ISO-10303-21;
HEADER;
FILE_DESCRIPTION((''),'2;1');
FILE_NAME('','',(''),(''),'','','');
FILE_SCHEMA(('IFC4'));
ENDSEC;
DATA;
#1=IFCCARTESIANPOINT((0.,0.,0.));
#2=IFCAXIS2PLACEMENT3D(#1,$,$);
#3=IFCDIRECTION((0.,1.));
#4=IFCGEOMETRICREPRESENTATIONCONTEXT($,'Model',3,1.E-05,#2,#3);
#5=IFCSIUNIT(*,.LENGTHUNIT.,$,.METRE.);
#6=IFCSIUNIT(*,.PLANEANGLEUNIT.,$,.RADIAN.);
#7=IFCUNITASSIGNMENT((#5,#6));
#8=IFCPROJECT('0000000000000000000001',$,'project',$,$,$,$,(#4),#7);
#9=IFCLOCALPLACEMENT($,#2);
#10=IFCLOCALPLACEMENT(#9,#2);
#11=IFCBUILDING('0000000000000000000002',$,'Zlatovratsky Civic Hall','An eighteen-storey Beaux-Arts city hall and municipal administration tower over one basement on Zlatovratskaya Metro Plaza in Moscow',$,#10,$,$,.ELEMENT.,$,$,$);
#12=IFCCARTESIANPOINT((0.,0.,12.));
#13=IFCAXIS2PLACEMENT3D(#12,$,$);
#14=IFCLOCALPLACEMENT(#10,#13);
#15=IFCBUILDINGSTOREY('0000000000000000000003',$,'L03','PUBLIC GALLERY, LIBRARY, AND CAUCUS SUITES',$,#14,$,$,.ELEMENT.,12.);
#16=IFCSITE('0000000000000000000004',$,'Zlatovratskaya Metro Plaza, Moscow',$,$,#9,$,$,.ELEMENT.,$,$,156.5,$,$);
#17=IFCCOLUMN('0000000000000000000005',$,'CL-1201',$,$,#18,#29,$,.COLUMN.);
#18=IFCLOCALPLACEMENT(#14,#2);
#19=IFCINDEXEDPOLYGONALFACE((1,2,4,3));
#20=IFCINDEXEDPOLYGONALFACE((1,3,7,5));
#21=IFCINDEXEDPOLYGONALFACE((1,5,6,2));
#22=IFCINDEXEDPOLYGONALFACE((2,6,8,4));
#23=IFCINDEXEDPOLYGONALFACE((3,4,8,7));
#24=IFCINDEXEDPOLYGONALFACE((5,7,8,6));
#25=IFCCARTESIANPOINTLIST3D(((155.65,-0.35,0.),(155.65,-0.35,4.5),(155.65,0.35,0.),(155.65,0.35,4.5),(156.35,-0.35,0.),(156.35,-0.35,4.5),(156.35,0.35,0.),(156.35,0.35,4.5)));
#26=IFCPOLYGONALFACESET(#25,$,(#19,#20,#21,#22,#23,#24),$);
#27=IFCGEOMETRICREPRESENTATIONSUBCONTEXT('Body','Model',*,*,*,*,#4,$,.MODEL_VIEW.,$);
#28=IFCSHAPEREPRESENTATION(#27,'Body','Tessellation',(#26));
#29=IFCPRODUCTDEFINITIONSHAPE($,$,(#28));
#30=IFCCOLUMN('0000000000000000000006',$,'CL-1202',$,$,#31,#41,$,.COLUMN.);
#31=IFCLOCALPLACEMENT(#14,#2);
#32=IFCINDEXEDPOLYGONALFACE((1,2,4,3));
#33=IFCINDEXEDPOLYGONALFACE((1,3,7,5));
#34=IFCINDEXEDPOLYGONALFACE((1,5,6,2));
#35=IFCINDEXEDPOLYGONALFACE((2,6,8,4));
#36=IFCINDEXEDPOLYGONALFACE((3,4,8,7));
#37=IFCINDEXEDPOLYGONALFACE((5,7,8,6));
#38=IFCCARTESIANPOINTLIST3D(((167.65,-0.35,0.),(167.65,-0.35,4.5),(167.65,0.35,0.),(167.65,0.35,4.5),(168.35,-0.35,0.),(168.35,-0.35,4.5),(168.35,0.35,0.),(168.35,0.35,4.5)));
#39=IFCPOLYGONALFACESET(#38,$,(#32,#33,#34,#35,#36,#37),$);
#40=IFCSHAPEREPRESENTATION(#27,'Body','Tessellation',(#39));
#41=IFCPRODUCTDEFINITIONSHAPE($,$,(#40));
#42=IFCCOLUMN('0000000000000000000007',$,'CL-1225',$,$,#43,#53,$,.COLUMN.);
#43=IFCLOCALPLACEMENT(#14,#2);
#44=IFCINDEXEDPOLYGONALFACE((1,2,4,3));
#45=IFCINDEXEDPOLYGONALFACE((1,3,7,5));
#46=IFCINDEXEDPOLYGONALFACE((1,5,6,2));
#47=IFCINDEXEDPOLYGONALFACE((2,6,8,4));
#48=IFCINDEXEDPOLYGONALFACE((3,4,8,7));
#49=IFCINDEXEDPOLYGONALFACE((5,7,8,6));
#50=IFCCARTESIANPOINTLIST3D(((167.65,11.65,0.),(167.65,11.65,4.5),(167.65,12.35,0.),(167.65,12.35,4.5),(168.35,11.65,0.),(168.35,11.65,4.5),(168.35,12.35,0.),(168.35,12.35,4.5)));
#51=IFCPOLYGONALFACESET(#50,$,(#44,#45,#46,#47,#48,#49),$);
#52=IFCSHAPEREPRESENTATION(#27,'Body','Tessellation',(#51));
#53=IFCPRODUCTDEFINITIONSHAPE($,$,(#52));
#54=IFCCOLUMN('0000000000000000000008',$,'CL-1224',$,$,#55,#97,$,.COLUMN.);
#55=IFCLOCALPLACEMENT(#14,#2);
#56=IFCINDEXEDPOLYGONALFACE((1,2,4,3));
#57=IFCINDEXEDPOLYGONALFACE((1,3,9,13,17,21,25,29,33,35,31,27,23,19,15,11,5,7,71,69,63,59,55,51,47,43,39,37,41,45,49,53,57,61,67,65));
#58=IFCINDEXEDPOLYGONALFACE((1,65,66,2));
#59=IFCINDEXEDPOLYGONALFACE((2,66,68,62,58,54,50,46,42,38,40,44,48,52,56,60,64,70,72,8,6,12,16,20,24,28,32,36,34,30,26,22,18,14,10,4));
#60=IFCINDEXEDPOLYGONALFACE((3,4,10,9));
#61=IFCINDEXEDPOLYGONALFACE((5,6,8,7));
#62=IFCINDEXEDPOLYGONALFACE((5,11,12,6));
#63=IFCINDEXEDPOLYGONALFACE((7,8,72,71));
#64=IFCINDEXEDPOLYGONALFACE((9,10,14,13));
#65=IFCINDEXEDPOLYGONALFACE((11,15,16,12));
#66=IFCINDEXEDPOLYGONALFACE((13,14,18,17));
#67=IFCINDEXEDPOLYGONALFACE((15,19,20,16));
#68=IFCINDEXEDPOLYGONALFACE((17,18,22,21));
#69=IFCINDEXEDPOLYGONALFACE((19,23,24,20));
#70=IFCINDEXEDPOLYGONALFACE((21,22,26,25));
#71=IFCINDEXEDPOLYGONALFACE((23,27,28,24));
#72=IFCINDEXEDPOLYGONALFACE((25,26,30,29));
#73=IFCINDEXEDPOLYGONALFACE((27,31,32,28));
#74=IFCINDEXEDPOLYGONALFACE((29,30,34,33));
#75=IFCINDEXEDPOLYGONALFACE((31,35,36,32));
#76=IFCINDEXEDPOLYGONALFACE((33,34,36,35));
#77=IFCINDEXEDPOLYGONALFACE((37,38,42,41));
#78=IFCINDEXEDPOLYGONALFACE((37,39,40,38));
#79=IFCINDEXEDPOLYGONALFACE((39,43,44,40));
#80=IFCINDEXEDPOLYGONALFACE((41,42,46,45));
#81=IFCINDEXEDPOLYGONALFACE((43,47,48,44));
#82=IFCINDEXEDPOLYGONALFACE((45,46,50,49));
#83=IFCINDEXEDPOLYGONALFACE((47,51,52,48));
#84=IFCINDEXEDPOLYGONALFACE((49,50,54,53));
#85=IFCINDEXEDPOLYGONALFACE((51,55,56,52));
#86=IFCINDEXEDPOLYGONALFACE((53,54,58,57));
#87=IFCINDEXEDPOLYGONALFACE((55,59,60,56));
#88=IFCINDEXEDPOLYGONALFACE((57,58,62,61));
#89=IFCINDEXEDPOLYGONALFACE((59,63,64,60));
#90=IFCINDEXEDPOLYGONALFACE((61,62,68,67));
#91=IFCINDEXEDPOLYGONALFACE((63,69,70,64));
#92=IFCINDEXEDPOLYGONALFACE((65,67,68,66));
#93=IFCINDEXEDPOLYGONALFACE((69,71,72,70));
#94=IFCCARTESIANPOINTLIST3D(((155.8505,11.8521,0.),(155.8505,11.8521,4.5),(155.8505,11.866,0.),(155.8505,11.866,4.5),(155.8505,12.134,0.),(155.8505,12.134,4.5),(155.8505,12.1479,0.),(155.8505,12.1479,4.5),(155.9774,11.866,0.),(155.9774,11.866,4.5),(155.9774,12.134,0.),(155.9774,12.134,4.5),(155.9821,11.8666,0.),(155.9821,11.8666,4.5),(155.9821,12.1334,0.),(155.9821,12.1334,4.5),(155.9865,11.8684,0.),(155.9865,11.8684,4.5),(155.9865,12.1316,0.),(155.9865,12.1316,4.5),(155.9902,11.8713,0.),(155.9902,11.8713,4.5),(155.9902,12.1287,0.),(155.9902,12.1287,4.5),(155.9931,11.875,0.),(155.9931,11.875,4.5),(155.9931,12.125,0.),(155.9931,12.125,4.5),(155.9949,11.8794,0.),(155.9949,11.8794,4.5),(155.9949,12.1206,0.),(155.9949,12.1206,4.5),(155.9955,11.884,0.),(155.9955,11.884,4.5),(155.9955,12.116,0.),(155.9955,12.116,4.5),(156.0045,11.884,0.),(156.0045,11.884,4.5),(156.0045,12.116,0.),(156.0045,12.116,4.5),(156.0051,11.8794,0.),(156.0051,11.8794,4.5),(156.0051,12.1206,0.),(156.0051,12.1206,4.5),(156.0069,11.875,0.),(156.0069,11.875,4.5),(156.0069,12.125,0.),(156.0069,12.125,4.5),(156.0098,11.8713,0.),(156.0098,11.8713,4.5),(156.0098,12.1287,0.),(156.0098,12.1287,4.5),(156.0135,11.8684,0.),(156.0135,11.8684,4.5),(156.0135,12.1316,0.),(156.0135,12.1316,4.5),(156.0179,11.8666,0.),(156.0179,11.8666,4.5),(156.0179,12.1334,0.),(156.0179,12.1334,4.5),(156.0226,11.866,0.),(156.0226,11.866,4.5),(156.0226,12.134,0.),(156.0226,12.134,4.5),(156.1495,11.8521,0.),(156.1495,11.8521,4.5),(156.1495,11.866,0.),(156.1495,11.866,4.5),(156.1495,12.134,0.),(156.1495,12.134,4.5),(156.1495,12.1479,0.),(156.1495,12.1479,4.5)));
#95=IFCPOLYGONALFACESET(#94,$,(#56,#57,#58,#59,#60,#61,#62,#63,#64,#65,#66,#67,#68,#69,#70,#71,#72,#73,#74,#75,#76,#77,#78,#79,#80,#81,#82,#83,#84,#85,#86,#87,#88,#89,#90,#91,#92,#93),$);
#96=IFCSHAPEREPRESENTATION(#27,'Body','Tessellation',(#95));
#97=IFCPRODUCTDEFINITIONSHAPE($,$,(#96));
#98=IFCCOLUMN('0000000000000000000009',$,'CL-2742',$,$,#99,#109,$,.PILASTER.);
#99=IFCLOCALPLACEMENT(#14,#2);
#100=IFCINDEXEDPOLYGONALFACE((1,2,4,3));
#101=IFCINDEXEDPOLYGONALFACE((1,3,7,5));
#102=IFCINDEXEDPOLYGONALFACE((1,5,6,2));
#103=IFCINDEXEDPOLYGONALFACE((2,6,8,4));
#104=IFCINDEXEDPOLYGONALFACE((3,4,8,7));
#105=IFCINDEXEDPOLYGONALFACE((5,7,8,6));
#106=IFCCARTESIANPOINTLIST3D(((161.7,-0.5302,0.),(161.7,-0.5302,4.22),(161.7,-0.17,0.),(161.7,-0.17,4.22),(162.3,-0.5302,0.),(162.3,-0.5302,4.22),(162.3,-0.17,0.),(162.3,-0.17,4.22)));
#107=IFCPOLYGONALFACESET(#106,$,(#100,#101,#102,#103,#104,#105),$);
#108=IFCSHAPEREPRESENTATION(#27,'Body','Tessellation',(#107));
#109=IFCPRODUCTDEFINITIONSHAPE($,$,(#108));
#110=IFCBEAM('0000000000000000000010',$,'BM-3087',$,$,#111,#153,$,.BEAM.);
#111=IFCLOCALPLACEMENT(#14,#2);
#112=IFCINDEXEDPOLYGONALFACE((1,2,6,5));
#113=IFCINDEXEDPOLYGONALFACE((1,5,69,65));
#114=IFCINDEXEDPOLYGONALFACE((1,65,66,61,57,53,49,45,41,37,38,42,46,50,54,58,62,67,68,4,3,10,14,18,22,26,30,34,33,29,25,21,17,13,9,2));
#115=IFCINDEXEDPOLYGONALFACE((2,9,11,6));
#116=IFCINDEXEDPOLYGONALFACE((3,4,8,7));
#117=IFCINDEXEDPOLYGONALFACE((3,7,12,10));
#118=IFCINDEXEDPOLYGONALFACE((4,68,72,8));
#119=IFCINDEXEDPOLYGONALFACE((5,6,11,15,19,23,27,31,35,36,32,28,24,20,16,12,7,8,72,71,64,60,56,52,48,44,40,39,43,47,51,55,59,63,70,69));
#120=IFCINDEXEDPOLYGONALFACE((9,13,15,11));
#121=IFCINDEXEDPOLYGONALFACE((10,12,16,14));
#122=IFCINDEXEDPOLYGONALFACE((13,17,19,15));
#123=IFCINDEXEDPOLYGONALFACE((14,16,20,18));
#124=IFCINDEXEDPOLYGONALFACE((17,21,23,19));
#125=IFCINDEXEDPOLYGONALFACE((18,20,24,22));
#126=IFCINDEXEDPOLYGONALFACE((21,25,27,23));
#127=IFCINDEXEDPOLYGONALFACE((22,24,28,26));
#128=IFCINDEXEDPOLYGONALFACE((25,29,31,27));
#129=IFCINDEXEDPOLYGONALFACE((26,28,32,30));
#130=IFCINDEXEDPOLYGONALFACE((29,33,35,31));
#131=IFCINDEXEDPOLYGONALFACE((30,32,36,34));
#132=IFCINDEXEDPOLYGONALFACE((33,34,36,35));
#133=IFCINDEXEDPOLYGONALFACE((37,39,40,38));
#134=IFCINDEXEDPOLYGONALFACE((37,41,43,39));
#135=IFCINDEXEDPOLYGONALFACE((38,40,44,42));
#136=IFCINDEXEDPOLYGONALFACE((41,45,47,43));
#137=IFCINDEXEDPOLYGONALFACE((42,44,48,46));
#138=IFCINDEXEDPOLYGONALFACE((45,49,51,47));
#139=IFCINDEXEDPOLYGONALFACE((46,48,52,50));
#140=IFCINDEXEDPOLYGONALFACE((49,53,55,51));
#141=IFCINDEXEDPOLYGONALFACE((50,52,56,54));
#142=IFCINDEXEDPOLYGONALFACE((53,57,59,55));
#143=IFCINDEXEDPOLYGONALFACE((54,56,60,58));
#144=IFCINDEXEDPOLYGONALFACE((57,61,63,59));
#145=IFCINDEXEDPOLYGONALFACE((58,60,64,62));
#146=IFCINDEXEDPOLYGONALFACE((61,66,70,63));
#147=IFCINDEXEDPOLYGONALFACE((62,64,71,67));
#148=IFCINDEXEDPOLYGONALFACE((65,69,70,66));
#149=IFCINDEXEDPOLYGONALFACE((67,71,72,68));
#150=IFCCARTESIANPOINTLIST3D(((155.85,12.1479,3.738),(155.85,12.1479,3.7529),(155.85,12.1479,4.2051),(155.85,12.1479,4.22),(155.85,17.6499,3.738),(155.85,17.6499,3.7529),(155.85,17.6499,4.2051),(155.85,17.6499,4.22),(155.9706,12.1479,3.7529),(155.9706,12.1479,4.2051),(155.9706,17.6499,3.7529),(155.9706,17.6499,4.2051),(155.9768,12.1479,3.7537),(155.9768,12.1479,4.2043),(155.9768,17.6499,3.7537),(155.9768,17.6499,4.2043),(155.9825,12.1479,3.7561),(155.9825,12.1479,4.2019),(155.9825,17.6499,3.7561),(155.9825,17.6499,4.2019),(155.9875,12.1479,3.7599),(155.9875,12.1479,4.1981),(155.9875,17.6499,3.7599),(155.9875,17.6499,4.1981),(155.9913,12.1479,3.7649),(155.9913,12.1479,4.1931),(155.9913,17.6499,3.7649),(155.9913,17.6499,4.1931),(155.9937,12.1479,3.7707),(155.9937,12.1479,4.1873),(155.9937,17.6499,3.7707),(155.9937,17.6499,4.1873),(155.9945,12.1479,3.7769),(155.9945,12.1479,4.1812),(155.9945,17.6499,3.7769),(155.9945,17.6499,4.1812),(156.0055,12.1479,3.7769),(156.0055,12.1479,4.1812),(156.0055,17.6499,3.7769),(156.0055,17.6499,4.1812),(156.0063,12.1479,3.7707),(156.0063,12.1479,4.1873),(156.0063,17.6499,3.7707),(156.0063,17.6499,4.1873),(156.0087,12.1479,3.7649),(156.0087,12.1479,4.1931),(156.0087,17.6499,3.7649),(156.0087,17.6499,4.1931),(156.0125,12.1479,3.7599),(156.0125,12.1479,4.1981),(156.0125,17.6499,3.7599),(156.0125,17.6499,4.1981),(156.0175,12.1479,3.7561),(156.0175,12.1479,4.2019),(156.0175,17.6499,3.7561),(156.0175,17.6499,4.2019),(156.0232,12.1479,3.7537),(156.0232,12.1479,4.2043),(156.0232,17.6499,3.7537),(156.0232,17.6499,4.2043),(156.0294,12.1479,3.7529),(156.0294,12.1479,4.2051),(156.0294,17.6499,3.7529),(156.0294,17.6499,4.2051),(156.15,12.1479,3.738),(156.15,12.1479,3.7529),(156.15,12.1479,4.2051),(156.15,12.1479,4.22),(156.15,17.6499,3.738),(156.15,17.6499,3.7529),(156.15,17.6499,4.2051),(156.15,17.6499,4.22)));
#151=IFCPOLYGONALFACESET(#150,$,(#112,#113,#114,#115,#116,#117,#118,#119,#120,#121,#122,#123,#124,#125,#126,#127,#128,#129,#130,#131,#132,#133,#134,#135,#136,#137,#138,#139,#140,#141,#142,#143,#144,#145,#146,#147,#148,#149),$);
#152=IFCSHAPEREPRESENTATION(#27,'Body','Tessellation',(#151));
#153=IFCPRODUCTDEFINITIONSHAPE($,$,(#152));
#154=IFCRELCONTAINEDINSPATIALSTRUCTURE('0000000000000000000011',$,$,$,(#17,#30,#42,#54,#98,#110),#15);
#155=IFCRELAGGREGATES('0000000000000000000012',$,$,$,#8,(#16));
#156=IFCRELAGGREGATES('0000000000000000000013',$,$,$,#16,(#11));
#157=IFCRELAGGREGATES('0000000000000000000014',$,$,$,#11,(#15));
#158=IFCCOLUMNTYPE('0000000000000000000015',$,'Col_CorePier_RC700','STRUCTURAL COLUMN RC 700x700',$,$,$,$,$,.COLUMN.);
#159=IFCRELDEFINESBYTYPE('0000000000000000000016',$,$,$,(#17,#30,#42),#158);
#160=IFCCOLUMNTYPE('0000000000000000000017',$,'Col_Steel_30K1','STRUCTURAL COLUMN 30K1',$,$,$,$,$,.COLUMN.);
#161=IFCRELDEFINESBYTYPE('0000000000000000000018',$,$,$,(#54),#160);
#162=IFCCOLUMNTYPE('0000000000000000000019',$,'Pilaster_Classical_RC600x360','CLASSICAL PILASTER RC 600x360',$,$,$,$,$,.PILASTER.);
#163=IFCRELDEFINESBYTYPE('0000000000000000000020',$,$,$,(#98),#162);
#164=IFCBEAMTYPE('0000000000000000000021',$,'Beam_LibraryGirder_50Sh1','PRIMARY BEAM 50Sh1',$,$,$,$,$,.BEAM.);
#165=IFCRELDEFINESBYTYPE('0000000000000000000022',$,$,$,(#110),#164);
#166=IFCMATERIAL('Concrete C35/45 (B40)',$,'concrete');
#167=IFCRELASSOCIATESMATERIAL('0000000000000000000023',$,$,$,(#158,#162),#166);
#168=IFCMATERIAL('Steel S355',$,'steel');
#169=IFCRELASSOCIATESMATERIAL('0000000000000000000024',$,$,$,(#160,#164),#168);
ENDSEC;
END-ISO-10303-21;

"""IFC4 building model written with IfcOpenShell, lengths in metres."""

from ifc_helpers import new_model, si_unit, direction, frame, origin, origin_2d, place, context, subcontext, project, spatial, rectangle, i_section, extrude, material, material_profile, profile_set, type_object, element, save


model = new_model("IFC4")

# Units and contexts
model_context = context("Model", 3, precision=1e-05, world=origin(), true_north=direction((0.0, 1.0)))
body_context = subcontext(model_context, "Body", "Model", "MODEL_VIEW")
ifc_project = project(units=[si_unit("LENGTHUNIT", "METRE"), si_unit("PLANEANGLEUNIT", "RADIAN")], contexts=[model_context])

# Site, building, storey
site_placement = place(None, origin())
site = spatial("IfcSite", under=ifc_project, at=site_placement, Name="Zlatovratskaya Metro Plaza, Moscow", CompositionType="ELEMENT", RefElevation=156.5)
building_placement = place(site_placement, origin())
building = spatial("IfcBuilding", under=site, at=building_placement, Name="Zlatovratsky Civic Hall", Description="An eighteen-storey Beaux-Arts city hall and municipal administration tower over one basement on Zlatovratskaya Metro Plaza in Moscow", CompositionType="ELEMENT")
storey_placement = place(building_placement, frame((0.0, 0.0, 12.0)))
storey = spatial("IfcBuildingStorey", under=building, at=storey_placement, Name="L03", Description="PUBLIC GALLERY, LIBRARY, AND CAUCUS SUITES", CompositionType="ELEMENT", Elevation=12.0)

# Columns
ifc_material_1 = material(Name="Concrete C35/45 (B40)", Category="concrete")
ifc_material_profile_1 = material_profile(ifc_material_1, rectangle(XDim=0.7, YDim=0.7, at=origin_2d()), Name="RC 700x700")
ifc_profile_set_1 = profile_set([ifc_material_profile_1], Name="Concrete C35/45 (B40)")
column_type_1 = type_object("IfcColumnType", Name="Col_CorePier_RC700", Description="STRUCTURAL COLUMN RC 700x700", PredefinedType="COLUMN", material=ifc_profile_set_1)
for number, where, z_axis, x_axis, name in (
    (1, (156.0, 0.0, 0.0), (0.0, 0.0, 1.0), (1.0, 0.0, 0.0), "CL-1201"),
    (2, (168.0, 0.0, 0.0), (0.0, 0.0, 1.0), (1.0, 0.0, 0.0), "CL-1202"),
    (3, (168.0, 12.0, 0.0), (0.0, 0.0, 1.0), (1.0, 0.0, 0.0), "CL-1225"),
):
    element("IfcColumn", number, at=place(storey_placement, frame(where, z_axis=z_axis, x_axis=x_axis)), inside=storey, type_object=column_type_1, Name=name, PredefinedType="COLUMN", context=body_context, shape_type="SweptSolid", body=[
        extrude(rectangle(XDim=0.7, YDim=0.7, at=origin_2d()), origin(), (0.0, 0.0, 1.0), 4.5),
    ])
ifc_material_2 = material(Name="Steel S355", Category="steel")
ifc_material_profile_2 = material_profile(ifc_material_2, i_section(OverallWidth=0.2991, OverallDepth=0.2959, WebThickness=0.009, FlangeThickness=0.0139, FilletRadius=0.0181, at=origin_2d()), Name="30K1")
ifc_profile_set_2 = profile_set([ifc_material_profile_2], Name="Steel S355")
column_type_2 = type_object("IfcColumnType", Name="Col_Steel_30K1", Description="STRUCTURAL COLUMN 30K1", PredefinedType="COLUMN", material=ifc_profile_set_2)
column_1_placement = place(storey_placement, frame((156.0, 12.0, 0.0), z_axis=(0.0, 0.0, 1.0), x_axis=(1.0, 0.0, 0.0)))
element("IfcColumn", 4, at=column_1_placement, inside=storey, type_object=column_type_2, Name="CL-1224", PredefinedType="COLUMN", context=body_context, shape_type="SweptSolid", body=[
    extrude(i_section(OverallWidth=0.2991, OverallDepth=0.2959, WebThickness=0.009, FlangeThickness=0.0139, FilletRadius=0.0181, at=origin_2d()), origin(), (0.0, 0.0, 1.0), 4.5),
])
ifc_material_profile_3 = material_profile(ifc_material_1, rectangle(XDim=0.6001, YDim=0.3601, at=origin_2d()), Name="RC 600x360")
ifc_profile_set_3 = profile_set([ifc_material_profile_3], Name="Concrete C35/45 (B40)")
column_type_3 = type_object("IfcColumnType", Name="Pilaster_Classical_RC600x360", Description="CLASSICAL PILASTER RC 600x360", PredefinedType="PILASTER", material=ifc_profile_set_3)
column_2_placement = place(storey_placement, frame((162.0, -0.3501, 0.0), z_axis=(0.0, 0.0, 1.0), x_axis=(1.0, 0.0, 0.0)))
element("IfcColumn", 5, at=column_2_placement, inside=storey, type_object=column_type_3, Name="CL-2742", PredefinedType="PILASTER", context=body_context, shape_type="SweptSolid", body=[
    extrude(rectangle(XDim=0.6001, YDim=0.3601, at=origin_2d()), origin(), (0.0, 0.0, 1.0), 4.22),
])

# Beam
ifc_material_profile_4 = material_profile(ifc_material_2, i_section(OverallWidth=0.3, OverallDepth=0.4819, WebThickness=0.011, FlangeThickness=0.0149, FilletRadius=0.0239, at=origin_2d()), Name="50Sh1")
ifc_profile_set_4 = profile_set([ifc_material_profile_4], Name="Steel S355")
beam_type_1 = type_object("IfcBeamType", Name="Beam_LibraryGirder_50Sh1", Description="PRIMARY BEAM 50Sh1", PredefinedType="BEAM", material=ifc_profile_set_4)
beam_1_placement = place(storey_placement, frame((156.0, 12.1479, 3.979), z_axis=(0.0, 1.0, 0.0), x_axis=(-1.0, 0.0, 0.0)))
element("IfcBeam", 6, at=beam_1_placement, inside=storey, type_object=beam_type_1, Name="BM-3087", PredefinedType="BEAM", context=body_context, shape_type="SweptSolid", body=[
    extrude(i_section(OverallWidth=0.3, OverallDepth=0.4819, WebThickness=0.011, FlangeThickness=0.0149, FilletRadius=0.0239, at=origin_2d()), origin(), (0.0, 0.0, 1.0), 5.502),
])

save(model, "model.ifc")
